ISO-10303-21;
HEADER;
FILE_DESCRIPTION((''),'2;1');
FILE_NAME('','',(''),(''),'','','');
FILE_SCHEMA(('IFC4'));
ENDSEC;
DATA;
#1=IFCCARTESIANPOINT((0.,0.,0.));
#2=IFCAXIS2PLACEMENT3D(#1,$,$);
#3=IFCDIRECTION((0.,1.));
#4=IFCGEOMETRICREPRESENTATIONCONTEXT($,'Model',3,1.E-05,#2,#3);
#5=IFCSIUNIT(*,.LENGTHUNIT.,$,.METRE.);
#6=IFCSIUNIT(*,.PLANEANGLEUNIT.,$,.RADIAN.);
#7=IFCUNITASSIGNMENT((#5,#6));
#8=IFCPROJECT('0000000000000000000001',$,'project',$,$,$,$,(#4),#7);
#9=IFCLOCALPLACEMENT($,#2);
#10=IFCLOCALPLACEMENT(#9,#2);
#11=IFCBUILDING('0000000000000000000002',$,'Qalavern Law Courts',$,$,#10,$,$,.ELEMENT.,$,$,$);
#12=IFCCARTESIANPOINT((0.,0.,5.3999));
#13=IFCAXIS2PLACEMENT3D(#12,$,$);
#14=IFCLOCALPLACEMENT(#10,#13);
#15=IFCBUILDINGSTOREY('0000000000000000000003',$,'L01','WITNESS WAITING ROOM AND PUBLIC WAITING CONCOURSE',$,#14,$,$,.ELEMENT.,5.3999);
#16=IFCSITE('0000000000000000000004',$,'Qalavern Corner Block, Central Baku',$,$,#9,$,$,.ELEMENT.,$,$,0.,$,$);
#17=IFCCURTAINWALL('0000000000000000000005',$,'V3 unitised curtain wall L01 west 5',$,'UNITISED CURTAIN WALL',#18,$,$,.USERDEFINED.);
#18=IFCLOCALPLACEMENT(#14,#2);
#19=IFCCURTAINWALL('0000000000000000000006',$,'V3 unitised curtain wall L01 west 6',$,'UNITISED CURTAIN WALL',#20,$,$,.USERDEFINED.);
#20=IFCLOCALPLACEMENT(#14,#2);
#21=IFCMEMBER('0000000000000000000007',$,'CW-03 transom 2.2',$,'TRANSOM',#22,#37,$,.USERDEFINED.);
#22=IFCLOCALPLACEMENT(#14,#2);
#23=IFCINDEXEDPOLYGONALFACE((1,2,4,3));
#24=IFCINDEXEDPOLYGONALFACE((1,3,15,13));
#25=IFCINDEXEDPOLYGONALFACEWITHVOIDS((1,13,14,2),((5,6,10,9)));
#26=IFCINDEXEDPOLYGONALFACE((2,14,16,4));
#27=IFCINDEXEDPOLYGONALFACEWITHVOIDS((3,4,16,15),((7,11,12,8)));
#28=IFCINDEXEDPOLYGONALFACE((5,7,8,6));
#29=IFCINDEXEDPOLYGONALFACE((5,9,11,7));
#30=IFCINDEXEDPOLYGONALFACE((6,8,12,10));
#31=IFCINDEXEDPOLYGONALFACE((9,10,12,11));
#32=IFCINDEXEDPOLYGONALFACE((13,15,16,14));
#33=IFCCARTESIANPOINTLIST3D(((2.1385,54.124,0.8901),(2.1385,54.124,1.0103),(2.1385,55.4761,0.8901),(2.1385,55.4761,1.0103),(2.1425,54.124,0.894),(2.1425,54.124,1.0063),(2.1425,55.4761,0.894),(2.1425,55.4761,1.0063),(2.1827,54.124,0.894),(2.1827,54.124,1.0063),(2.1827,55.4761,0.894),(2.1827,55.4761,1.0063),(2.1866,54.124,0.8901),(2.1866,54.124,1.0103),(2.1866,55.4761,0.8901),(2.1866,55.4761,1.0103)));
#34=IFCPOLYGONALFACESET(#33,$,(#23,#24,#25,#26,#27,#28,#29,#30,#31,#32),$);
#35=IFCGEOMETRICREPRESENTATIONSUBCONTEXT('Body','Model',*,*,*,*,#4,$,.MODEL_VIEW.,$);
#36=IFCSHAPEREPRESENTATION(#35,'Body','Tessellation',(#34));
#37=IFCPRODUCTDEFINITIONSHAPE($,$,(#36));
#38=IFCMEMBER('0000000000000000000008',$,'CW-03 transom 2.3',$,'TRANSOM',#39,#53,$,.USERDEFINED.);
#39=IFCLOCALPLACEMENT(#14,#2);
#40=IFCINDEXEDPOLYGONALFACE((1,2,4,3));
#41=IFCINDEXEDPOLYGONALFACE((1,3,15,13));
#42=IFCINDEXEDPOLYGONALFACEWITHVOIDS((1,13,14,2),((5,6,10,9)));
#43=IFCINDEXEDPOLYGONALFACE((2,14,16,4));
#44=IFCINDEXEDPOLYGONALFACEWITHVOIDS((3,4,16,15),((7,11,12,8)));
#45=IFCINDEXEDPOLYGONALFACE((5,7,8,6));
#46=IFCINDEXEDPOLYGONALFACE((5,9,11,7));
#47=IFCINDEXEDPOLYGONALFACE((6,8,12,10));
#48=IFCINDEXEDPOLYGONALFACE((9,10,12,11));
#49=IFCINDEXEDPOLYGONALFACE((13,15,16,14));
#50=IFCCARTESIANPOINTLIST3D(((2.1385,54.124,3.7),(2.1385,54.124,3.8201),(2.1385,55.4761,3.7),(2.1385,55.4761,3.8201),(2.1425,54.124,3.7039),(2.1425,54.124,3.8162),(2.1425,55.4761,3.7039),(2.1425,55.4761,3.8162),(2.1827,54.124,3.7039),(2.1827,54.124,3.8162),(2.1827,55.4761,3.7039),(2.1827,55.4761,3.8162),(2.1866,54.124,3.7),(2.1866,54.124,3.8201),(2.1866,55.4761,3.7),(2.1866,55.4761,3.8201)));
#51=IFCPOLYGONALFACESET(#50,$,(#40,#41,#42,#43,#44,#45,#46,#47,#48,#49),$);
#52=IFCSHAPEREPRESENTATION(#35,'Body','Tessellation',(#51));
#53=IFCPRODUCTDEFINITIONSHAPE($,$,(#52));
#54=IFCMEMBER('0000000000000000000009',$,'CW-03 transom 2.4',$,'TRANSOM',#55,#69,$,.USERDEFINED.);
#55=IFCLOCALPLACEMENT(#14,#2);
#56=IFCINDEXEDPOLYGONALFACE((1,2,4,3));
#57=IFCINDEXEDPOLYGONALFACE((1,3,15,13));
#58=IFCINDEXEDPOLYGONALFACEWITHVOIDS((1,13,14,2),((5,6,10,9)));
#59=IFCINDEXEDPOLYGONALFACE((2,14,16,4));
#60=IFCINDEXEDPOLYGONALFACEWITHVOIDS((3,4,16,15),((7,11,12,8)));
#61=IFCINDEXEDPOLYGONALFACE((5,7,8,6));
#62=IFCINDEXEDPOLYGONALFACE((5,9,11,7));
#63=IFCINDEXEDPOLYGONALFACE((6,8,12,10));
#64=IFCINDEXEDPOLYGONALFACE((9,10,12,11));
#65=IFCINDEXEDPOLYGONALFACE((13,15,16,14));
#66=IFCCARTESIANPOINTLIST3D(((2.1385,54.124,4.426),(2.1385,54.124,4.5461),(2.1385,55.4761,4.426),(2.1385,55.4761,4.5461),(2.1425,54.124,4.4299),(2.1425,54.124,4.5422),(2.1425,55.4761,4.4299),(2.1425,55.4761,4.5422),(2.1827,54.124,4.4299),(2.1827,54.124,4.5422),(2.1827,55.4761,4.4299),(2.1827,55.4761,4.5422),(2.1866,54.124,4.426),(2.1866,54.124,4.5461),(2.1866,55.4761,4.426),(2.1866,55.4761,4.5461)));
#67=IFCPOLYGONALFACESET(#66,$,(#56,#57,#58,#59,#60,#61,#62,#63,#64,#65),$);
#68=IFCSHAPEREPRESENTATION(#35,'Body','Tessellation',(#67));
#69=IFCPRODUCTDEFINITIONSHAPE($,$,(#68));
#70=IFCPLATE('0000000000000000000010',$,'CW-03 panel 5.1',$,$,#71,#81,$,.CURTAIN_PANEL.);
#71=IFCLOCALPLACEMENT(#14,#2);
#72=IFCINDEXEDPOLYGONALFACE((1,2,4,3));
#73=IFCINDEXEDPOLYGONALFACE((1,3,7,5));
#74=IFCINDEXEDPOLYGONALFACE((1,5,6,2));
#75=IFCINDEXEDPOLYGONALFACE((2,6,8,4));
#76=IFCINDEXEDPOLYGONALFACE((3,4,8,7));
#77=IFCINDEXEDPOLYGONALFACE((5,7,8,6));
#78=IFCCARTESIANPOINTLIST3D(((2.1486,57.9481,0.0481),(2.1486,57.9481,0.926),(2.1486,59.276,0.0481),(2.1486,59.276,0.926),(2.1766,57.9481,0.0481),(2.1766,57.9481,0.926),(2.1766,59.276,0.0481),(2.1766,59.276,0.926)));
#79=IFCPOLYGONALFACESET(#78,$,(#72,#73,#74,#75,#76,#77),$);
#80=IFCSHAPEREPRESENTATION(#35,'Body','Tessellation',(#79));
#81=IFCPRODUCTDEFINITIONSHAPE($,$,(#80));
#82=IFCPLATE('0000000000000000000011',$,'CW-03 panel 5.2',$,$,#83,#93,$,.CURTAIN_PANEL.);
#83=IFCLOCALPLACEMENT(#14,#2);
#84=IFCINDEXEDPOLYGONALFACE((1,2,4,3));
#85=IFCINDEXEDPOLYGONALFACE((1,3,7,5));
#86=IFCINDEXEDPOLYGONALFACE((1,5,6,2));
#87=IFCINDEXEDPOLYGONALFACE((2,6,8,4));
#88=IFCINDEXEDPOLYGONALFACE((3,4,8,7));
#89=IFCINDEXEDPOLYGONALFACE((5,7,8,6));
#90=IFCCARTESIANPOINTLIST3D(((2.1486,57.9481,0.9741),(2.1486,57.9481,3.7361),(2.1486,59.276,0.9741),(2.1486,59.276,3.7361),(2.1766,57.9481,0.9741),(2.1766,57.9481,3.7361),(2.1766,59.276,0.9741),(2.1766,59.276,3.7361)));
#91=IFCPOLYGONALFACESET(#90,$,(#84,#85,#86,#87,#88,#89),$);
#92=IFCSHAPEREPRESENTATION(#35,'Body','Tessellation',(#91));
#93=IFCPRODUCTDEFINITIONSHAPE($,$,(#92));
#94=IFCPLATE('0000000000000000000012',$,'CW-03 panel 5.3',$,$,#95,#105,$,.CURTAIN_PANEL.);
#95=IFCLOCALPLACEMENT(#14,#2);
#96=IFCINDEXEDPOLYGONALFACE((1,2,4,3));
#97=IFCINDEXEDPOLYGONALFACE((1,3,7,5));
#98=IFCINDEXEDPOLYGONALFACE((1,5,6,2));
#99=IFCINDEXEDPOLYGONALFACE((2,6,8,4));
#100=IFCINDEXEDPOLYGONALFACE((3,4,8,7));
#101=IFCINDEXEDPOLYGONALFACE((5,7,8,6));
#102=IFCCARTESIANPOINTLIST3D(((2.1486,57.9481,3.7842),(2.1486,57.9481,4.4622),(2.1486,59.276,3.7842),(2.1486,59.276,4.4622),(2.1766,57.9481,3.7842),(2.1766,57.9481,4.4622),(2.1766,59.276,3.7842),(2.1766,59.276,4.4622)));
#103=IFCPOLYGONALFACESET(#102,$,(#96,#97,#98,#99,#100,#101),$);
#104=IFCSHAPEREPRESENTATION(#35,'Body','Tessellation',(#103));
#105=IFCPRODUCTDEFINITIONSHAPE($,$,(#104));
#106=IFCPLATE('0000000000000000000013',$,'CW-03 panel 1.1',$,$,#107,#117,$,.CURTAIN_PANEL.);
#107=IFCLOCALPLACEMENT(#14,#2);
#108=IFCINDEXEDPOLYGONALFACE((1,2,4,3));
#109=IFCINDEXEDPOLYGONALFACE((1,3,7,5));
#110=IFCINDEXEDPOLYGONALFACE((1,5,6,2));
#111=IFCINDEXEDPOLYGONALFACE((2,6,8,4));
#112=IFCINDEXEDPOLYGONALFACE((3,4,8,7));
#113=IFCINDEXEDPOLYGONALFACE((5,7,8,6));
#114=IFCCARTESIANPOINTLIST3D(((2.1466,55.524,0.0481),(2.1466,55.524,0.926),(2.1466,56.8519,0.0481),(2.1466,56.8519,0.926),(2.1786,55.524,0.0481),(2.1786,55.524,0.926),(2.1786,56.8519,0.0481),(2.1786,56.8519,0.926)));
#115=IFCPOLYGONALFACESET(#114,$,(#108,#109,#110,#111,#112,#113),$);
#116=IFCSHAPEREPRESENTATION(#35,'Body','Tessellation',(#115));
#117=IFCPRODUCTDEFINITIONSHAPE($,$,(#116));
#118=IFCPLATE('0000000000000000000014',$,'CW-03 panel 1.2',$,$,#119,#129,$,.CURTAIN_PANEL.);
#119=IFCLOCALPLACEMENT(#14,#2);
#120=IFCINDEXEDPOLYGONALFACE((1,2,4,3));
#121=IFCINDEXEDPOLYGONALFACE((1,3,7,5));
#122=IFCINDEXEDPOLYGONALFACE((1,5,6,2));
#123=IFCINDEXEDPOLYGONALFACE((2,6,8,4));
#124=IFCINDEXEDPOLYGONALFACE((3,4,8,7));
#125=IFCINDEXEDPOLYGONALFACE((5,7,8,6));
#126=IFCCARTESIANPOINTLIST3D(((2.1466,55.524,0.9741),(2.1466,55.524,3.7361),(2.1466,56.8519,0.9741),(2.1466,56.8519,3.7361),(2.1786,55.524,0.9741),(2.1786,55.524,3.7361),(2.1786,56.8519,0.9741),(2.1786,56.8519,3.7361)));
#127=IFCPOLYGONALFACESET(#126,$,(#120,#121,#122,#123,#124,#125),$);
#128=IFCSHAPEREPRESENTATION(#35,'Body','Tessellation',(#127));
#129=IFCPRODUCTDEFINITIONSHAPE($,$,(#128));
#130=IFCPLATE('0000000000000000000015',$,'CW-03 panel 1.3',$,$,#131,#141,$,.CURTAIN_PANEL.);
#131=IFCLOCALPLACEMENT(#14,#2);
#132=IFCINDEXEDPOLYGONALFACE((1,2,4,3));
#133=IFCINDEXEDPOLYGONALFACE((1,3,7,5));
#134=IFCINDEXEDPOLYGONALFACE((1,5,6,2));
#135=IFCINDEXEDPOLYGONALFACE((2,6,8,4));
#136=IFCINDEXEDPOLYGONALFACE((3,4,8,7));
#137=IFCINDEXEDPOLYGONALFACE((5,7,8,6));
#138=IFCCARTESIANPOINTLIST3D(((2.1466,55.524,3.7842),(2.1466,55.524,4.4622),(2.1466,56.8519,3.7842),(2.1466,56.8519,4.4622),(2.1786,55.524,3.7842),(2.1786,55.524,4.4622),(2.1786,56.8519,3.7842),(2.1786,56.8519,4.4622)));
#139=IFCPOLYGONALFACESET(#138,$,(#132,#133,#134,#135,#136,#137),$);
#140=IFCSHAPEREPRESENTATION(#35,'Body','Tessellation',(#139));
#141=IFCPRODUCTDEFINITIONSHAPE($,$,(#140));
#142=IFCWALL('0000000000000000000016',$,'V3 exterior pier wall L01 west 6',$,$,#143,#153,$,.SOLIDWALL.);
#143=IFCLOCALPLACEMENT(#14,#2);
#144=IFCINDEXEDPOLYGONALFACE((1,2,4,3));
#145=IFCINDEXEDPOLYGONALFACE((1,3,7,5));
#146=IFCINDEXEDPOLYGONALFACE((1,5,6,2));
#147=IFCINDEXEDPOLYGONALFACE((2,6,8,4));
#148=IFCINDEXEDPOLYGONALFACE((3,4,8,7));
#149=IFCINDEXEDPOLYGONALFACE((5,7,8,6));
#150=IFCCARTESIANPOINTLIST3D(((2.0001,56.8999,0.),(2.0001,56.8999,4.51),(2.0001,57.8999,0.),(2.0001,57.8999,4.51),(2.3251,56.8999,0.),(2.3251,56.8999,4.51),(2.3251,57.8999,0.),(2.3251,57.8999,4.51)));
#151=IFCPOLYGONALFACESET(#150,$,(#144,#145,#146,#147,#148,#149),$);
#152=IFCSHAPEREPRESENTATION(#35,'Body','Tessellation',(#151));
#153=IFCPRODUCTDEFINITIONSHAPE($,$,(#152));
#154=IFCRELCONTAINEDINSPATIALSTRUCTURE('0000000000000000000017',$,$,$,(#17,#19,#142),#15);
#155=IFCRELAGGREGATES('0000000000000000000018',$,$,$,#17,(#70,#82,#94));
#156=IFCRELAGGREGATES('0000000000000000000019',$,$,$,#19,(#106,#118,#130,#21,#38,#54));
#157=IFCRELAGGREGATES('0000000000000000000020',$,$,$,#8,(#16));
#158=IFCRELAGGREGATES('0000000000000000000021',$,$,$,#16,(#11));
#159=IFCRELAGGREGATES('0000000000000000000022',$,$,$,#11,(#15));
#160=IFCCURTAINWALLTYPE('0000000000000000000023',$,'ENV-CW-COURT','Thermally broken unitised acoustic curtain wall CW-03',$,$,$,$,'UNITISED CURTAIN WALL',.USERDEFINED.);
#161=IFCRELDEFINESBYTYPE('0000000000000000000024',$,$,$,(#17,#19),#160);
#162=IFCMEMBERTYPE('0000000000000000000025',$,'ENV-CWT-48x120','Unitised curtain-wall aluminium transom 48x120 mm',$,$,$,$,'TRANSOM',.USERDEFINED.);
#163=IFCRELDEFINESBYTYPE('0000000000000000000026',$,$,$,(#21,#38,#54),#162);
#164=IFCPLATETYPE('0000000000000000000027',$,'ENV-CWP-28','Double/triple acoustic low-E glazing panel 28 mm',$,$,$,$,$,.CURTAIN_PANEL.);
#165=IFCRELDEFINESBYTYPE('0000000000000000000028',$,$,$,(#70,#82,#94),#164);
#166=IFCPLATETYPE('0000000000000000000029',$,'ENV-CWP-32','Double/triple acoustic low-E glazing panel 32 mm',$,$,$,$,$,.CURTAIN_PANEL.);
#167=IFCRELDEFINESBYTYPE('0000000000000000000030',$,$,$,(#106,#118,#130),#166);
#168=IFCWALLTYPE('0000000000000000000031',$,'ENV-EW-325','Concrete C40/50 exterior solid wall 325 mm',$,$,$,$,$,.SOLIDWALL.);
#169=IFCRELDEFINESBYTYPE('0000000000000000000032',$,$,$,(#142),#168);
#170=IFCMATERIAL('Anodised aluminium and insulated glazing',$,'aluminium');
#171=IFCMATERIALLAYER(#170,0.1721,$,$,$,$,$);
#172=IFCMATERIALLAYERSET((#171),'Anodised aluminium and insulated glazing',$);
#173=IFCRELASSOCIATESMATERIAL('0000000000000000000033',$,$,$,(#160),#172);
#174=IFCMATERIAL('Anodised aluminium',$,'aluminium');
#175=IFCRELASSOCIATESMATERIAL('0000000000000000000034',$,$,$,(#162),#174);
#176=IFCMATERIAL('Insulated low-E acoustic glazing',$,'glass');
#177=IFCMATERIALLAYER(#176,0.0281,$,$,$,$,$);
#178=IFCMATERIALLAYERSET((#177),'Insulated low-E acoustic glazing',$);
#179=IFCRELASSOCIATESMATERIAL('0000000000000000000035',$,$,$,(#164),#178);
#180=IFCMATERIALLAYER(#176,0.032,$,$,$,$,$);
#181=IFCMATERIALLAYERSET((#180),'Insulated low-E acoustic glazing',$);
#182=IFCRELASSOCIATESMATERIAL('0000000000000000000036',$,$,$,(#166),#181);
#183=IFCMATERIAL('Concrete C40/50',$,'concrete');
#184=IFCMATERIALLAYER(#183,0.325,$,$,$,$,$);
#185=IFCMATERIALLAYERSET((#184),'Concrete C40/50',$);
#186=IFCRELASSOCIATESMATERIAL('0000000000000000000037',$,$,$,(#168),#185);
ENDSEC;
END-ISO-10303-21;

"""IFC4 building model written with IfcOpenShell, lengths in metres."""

from ifc_helpers import new_model, si_unit, direction, frame, frame_2d, origin, origin_2d, place, context, subcontext, project, spatial, rectangle, hollow_rectangle, extrude, material, layer, layer_set, material_profile, profile_set, type_object, element, aggregate, save


model = new_model("IFC4")

# Units and contexts
model_context = context("Model", 3, precision=1e-05, world=origin(), true_north=direction((0.0, 1.0)))
body_context = subcontext(model_context, "Body", "Model", "MODEL_VIEW")
ifc_project = project(units=[si_unit("LENGTHUNIT", "METRE"), si_unit("PLANEANGLEUNIT", "RADIAN")], contexts=[model_context])

# Site, building, storey
site_placement = place(None, origin())
site = spatial("IfcSite", under=ifc_project, at=site_placement, Name="Qalavern Corner Block, Central Baku", CompositionType="ELEMENT", RefElevation=0.0)
building_placement = place(site_placement, origin())
building = spatial("IfcBuilding", under=site, at=building_placement, Name="Qalavern Law Courts", CompositionType="ELEMENT")
storey_placement = place(building_placement, frame((0.0, 0.0, 5.3999)))
storey = spatial("IfcBuildingStorey", under=building, at=storey_placement, Name="L01", Description="WITNESS WAITING ROOM AND PUBLIC WAITING CONCOURSE", CompositionType="ELEMENT", Elevation=5.3999)

# Curtain wall
ifc_material_1 = material(Name="Anodised aluminium and insulated glazing", Category="aluminium")
ifc_layer_1 = layer(ifc_material_1, 0.1721)
ifc_layer_set_1 = layer_set([ifc_layer_1], Name="Anodised aluminium and insulated glazing")
curtain_wall_type = type_object("IfcCurtainWallType", Name="ENV-CW-COURT", Description="Thermally broken unitised acoustic curtain wall CW-03", ElementType="UNITISED CURTAIN WALL", PredefinedType="USERDEFINED", material=ifc_layer_set_1)
curtain_wall_1_placement = place(storey_placement, origin())
curtain_wall_1 = element("IfcCurtainWall", 1, at=curtain_wall_1_placement, inside=storey, type_object=curtain_wall_type, Name="V3 unitised curtain wall L01 west 5", ObjectType="UNITISED CURTAIN WALL", PredefinedType="USERDEFINED")
ifc_material_2 = material(Name="Anodised aluminium", Category="aluminium")

# Curtain wall
curtain_wall_2_placement = place(storey_placement, origin())
curtain_wall_2 = element("IfcCurtainWall", 2, at=curtain_wall_2_placement, inside=storey, type_object=curtain_wall_type, Name="V3 unitised curtain wall L01 west 6", ObjectType="UNITISED CURTAIN WALL", PredefinedType="USERDEFINED")

# Members
ifc_material_profile_1 = material_profile(ifc_material_2, hollow_rectangle(XDim=0.0481, YDim=0.1201, WallThickness=0.0039, at=origin_2d()), Name="ALU TRANSOM 48x120")
ifc_profile_set_1 = profile_set([ifc_material_profile_1], Name="Anodised aluminium")
member_type_1 = type_object("IfcMemberType", Name="ENV-CWT-48x120", Description="Unitised curtain-wall aluminium transom 48x120 mm", ElementType="TRANSOM", PredefinedType="USERDEFINED", material=ifc_profile_set_1)
member_1_placement = place(storey_placement, frame((2.1626, 55.4761, 0.9502), z_axis=(0.0, -1.0, 0.0), x_axis=(1.0, 0.0, 0.0)))
member_1 = element("IfcMember", 3, at=member_1_placement, type_object=member_type_1, Name="CW-03 transom 2.2", ObjectType="TRANSOM", PredefinedType="USERDEFINED", context=body_context, shape_type="SweptSolid", body=[
    extrude(hollow_rectangle(XDim=0.0481, YDim=0.1201, WallThickness=0.0039, at=origin_2d()), origin(), (0.0, 0.0, 1.0), 1.3521),
])
member_2_placement = place(storey_placement, frame((2.1626, 55.4761, 3.76), z_axis=(0.0, -1.0, 0.0), x_axis=(1.0, 0.0, 0.0)))
member_2 = element("IfcMember", 4, at=member_2_placement, type_object=member_type_1, Name="CW-03 transom 2.3", ObjectType="TRANSOM", PredefinedType="USERDEFINED", context=body_context, shape_type="SweptSolid", body=[
    extrude(hollow_rectangle(XDim=0.0481, YDim=0.1201, WallThickness=0.0039, at=origin_2d()), origin(), (0.0, 0.0, 1.0), 1.3521),
])
member_3_placement = place(storey_placement, frame((2.1626, 55.4761, 4.4861), z_axis=(0.0, -1.0, 0.0), x_axis=(1.0, 0.0, 0.0)))
member_3 = element("IfcMember", 5, at=member_3_placement, type_object=member_type_1, Name="CW-03 transom 2.4", ObjectType="TRANSOM", PredefinedType="USERDEFINED", context=body_context, shape_type="SweptSolid", body=[
    extrude(hollow_rectangle(XDim=0.0481, YDim=0.1201, WallThickness=0.0039, at=origin_2d()), origin(), (0.0, 0.0, 1.0), 1.3521),
])

# Plates
ifc_material_3 = material(Name="Insulated low-E acoustic glazing", Category="glass")
ifc_layer_2 = layer(ifc_material_3, 0.0281)
ifc_layer_set_2 = layer_set([ifc_layer_2], Name="Insulated low-E acoustic glazing")
plate_type_1 = type_object("IfcPlateType", Name="ENV-CWP-28", Description="Double/triple acoustic low-E glazing panel 28 mm", PredefinedType="CURTAIN_PANEL", material=ifc_layer_set_2)
plate_1_placement = place(storey_placement, frame((2.1626, 58.6121, 0.0481), z_axis=(0.0, 0.0, 1.0), x_axis=(0.0, -1.0, 0.0)))
plate_1 = element("IfcPlate", 6, at=plate_1_placement, type_object=plate_type_1, Name="CW-03 panel 5.1", PredefinedType="CURTAIN_PANEL", context=body_context, shape_type="SweptSolid", body=[
    extrude(rectangle(XDim=1.3279, YDim=0.0281, at=origin_2d()), origin(), (0.0, 0.0, 1.0), 0.8779),
])
plate_2_placement = place(storey_placement, frame((2.1626, 58.6121, 0.9741), z_axis=(0.0, 0.0, 1.0), x_axis=(0.0, -1.0, 0.0)))
plate_2 = element("IfcPlate", 7, at=plate_2_placement, type_object=plate_type_1, Name="CW-03 panel 5.2", PredefinedType="CURTAIN_PANEL", context=body_context, shape_type="SweptSolid", body=[
    extrude(rectangle(XDim=1.3279, YDim=0.0281, at=origin_2d()), origin(), (0.0, 0.0, 1.0), 2.762),
])
plate_3_placement = place(storey_placement, frame((2.1626, 58.6121, 3.7842), z_axis=(0.0, 0.0, 1.0), x_axis=(0.0, -1.0, 0.0)))
plate_3 = element("IfcPlate", 8, at=plate_3_placement, type_object=plate_type_1, Name="CW-03 panel 5.3", PredefinedType="CURTAIN_PANEL", context=body_context, shape_type="SweptSolid", body=[
    extrude(rectangle(XDim=1.3279, YDim=0.0281, at=origin_2d()), origin(), (0.0, 0.0, 1.0), 0.678),
])
aggregate(curtain_wall_1, [plate_1, plate_2, plate_3])
ifc_layer_3 = layer(ifc_material_3, 0.032)
ifc_layer_set_3 = layer_set([ifc_layer_3], Name="Insulated low-E acoustic glazing")
plate_type_2 = type_object("IfcPlateType", Name="ENV-CWP-32", Description="Double/triple acoustic low-E glazing panel 32 mm", PredefinedType="CURTAIN_PANEL", material=ifc_layer_set_3)
plate_4_placement = place(storey_placement, frame((2.1626, 56.188, 0.0481), z_axis=(0.0, 0.0, 1.0), x_axis=(0.0, -1.0, 0.0)))
plate_4 = element("IfcPlate", 9, at=plate_4_placement, type_object=plate_type_2, Name="CW-03 panel 1.1", PredefinedType="CURTAIN_PANEL", context=body_context, shape_type="SweptSolid", body=[
    extrude(rectangle(XDim=1.3279, YDim=0.032, at=origin_2d()), origin(), (0.0, 0.0, 1.0), 0.8779),
])
plate_5_placement = place(storey_placement, frame((2.1626, 56.188, 0.9741), z_axis=(0.0, 0.0, 1.0), x_axis=(0.0, -1.0, 0.0)))
plate_5 = element("IfcPlate", 10, at=plate_5_placement, type_object=plate_type_2, Name="CW-03 panel 1.2", PredefinedType="CURTAIN_PANEL", context=body_context, shape_type="SweptSolid", body=[
    extrude(rectangle(XDim=1.3279, YDim=0.032, at=origin_2d()), origin(), (0.0, 0.0, 1.0), 2.762),
])
plate_6_placement = place(storey_placement, frame((2.1626, 56.188, 3.7842), z_axis=(0.0, 0.0, 1.0), x_axis=(0.0, -1.0, 0.0)))
plate_6 = element("IfcPlate", 11, at=plate_6_placement, type_object=plate_type_2, Name="CW-03 panel 1.3", PredefinedType="CURTAIN_PANEL", context=body_context, shape_type="SweptSolid", body=[
    extrude(rectangle(XDim=1.3279, YDim=0.032, at=origin_2d()), origin(), (0.0, 0.0, 1.0), 0.678),
])
aggregate(curtain_wall_2, [plate_4, plate_5, plate_6, member_1, member_2, member_3])

# Wall
ifc_material_4 = material(Name="Concrete C40/50", Category="concrete")
ifc_layer_4 = layer(ifc_material_4, 0.325)
ifc_layer_set_4 = layer_set([ifc_layer_4], Name="Concrete C40/50")
wall_type = type_object("IfcWallType", Name="ENV-EW-325", Description="Concrete C40/50 exterior solid wall 325 mm", PredefinedType="SOLIDWALL", material=ifc_layer_set_4)
wall_placement = place(storey_placement, frame((2.1626, 57.8999, 0.0), z_axis=(0.0, 0.0, 1.0), x_axis=(0.0, -1.0, 0.0)))
element("IfcWall", 12, at=wall_placement, inside=storey, type_object=wall_type, Name="V3 exterior pier wall L01 west 6", PredefinedType="SOLIDWALL", context=body_context, shape_type="SweptSolid", body=[
    extrude(rectangle(XDim=1.0, YDim=0.325, at=frame_2d((0.5, 0.0))), origin(), (0.0, 0.0, 1.0), 4.51),
])

save(model, "model.ifc")
